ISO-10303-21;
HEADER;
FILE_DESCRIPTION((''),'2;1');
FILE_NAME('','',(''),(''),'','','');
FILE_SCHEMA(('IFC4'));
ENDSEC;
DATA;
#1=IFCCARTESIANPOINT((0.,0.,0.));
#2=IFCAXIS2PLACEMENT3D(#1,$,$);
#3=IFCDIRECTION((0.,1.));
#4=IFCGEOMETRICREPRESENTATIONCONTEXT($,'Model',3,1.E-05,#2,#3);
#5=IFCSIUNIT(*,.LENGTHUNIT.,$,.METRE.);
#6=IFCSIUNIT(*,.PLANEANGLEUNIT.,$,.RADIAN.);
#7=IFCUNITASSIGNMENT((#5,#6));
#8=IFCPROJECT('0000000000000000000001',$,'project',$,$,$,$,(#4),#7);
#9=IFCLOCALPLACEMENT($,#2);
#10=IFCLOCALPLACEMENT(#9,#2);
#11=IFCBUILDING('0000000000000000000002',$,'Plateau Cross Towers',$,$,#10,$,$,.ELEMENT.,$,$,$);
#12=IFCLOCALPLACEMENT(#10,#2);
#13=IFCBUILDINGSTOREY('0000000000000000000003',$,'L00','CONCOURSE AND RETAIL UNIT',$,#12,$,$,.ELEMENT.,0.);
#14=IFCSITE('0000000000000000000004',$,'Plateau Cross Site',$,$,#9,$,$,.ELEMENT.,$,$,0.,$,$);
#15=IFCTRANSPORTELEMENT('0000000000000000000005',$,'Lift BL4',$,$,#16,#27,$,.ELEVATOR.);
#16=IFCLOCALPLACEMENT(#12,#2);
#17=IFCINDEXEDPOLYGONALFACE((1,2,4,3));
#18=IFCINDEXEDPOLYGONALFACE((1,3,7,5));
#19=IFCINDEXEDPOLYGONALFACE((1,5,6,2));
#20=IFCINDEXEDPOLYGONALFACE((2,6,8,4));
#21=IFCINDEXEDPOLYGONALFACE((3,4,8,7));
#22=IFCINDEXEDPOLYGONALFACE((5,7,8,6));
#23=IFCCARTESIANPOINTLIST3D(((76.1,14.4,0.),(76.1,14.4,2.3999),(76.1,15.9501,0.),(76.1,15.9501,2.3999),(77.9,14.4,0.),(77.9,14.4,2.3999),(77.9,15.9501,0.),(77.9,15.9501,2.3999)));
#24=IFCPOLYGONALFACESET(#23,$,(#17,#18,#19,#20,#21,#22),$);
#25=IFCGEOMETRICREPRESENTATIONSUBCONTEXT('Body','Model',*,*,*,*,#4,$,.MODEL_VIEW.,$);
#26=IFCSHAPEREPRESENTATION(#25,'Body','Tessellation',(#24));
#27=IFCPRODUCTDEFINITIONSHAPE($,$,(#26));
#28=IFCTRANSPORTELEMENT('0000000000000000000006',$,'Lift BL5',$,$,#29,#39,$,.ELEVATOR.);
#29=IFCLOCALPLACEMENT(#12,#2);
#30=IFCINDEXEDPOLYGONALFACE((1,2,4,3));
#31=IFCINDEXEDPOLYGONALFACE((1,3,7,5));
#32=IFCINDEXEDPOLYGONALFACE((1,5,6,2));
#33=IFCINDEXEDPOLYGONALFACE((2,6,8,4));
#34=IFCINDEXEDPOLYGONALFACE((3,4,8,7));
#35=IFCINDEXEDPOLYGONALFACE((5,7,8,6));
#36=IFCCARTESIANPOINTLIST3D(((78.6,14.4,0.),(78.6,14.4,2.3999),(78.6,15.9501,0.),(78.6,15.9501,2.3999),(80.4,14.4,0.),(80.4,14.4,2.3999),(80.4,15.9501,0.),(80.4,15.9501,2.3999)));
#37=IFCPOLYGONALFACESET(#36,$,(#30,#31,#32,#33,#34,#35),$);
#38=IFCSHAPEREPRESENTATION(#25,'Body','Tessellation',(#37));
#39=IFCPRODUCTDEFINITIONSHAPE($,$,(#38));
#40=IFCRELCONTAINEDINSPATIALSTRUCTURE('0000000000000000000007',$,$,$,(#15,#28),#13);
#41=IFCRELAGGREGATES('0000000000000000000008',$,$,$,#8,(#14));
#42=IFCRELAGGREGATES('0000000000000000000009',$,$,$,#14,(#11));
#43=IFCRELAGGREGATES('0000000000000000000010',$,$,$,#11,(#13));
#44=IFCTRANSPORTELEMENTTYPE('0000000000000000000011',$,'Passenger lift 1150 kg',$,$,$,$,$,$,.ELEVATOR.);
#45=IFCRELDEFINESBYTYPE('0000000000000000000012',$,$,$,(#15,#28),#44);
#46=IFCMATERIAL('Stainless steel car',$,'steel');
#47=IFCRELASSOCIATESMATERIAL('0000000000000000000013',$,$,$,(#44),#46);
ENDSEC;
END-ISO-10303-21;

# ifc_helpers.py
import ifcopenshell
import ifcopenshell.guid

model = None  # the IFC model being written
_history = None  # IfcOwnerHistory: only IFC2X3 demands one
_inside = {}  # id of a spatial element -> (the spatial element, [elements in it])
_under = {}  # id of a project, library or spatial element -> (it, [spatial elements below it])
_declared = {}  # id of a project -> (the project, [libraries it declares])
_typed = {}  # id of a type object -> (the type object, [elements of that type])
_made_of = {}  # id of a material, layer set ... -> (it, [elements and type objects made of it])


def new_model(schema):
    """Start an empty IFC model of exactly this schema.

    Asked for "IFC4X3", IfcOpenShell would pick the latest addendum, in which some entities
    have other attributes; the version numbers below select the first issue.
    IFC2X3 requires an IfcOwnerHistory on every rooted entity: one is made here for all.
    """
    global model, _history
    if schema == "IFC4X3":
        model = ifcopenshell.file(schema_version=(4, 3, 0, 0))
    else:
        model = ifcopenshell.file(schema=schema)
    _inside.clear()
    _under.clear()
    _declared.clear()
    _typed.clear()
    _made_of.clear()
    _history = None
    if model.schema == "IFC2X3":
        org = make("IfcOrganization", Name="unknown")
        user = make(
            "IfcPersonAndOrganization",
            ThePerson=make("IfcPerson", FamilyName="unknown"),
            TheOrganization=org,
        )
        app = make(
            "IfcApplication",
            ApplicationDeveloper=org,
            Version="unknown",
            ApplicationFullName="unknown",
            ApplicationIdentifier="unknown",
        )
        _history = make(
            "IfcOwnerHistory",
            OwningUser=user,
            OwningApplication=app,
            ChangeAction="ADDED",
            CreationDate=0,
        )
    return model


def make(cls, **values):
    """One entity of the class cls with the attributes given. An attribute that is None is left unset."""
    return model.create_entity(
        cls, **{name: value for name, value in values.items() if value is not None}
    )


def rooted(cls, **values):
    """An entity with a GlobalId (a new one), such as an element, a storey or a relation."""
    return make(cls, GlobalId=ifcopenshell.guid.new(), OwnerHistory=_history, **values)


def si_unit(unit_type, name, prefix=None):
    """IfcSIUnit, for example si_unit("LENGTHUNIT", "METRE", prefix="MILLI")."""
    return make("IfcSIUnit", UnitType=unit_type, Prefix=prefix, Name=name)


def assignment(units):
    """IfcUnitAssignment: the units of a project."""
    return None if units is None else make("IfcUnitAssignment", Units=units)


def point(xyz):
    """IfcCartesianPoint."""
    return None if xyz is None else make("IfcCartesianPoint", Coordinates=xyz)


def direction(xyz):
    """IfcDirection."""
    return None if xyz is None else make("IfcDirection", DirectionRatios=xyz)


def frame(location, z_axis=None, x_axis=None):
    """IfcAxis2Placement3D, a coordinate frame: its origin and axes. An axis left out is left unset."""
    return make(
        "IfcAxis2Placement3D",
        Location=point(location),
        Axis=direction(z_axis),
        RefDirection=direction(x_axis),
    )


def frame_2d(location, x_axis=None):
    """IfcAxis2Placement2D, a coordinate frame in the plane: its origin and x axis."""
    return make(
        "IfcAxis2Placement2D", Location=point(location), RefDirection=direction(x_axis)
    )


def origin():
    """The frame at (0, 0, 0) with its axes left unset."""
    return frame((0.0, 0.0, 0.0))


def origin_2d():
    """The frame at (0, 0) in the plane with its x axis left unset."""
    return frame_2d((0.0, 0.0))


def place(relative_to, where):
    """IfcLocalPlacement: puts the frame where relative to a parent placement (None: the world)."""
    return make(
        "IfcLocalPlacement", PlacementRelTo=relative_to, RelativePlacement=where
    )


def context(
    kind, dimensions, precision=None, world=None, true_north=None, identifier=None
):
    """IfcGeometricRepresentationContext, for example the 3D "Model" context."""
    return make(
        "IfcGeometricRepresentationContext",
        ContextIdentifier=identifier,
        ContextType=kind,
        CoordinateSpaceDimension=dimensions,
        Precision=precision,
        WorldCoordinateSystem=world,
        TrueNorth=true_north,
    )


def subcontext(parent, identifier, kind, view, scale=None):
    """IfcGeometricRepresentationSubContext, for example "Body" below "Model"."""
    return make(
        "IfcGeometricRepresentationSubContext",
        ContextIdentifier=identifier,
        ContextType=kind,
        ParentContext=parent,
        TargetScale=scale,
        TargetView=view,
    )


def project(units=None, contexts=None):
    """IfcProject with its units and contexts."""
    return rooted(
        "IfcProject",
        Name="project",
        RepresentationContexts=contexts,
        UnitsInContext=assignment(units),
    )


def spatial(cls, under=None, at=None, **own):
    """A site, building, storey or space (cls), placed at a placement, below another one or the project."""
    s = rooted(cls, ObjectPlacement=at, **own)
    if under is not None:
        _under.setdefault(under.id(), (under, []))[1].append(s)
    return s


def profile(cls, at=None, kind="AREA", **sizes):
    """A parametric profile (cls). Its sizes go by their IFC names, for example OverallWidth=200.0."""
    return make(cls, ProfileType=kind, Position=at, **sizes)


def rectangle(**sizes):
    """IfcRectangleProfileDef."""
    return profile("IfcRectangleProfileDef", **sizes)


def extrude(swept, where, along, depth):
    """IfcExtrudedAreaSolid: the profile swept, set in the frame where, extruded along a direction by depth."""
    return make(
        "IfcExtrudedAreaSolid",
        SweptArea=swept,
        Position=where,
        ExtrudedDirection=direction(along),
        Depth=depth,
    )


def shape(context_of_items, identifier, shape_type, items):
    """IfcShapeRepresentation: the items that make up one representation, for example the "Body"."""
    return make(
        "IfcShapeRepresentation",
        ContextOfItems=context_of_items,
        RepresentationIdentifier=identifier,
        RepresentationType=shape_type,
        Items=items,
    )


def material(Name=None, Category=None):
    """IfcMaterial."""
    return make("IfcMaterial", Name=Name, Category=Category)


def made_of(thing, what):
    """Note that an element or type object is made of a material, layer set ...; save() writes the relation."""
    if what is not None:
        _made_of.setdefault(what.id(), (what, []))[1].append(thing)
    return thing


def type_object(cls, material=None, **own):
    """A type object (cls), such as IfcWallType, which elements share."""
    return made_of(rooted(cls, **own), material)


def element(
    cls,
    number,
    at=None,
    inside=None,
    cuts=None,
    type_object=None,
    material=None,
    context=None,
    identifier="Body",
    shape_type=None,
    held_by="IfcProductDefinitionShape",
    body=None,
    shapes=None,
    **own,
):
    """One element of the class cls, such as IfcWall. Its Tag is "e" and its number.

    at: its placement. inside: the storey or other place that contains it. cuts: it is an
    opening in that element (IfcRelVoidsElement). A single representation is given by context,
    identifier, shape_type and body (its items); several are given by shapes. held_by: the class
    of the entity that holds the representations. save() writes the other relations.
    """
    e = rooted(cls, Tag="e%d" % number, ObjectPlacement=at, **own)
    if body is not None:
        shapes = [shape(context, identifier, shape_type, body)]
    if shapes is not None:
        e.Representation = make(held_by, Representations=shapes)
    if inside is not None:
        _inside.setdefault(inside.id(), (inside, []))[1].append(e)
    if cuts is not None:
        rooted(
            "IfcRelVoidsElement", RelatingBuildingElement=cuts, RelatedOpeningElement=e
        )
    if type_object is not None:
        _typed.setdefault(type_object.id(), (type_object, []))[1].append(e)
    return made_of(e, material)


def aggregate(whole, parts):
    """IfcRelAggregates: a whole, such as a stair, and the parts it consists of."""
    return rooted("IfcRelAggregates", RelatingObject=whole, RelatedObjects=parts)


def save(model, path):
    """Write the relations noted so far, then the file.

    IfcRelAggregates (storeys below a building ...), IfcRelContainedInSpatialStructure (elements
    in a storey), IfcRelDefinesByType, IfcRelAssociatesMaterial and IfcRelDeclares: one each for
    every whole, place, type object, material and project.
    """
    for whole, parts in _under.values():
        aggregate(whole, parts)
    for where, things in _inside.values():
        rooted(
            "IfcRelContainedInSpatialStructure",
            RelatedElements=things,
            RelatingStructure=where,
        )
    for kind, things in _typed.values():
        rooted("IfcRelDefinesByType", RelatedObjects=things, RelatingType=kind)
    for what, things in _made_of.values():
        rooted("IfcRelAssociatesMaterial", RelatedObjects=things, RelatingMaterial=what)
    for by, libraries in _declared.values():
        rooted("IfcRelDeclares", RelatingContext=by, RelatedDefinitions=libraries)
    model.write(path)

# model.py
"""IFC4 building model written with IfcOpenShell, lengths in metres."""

from ifc_helpers import new_model, si_unit, direction, frame, origin, origin_2d, place, context, subcontext, project, spatial, rectangle, extrude, material, type_object, element, save


model = new_model("IFC4")

# Units and contexts
model_context = context("Model", 3, precision=1e-05, world=origin(), true_north=direction((0.0, 1.0)))
body_context = subcontext(model_context, "Body", "Model", "MODEL_VIEW")
ifc_project = project(units=[si_unit("LENGTHUNIT", "METRE"), si_unit("PLANEANGLEUNIT", "RADIAN")], contexts=[model_context])

# Site, building, storey
site_placement = place(None, origin())
site = spatial("IfcSite", under=ifc_project, at=site_placement, Name="Plateau Cross Site", CompositionType="ELEMENT", RefElevation=0.0)
building_placement = place(site_placement, origin())
building = spatial("IfcBuilding", under=site, at=building_placement, Name="Plateau Cross Towers", CompositionType="ELEMENT")
storey_placement = place(building_placement, origin())
storey = spatial("IfcBuildingStorey", under=building, at=storey_placement, Name="L00", Description="CONCOURSE AND RETAIL UNIT", CompositionType="ELEMENT", Elevation=0.0)

# Transport elements
ifc_material_1 = material(Name="Stainless steel car", Category="steel")
transport_element_type = type_object("IfcTransportElementType", Name="Passenger lift 1150 kg", PredefinedType="ELEVATOR", material=ifc_material_1)
for number, where, z_axis, x_axis, name in (
    (1, (77.0, 15.175, 0.0), (0.0, 0.0, 1.0), (1.0, 0.0, 0.0), "Lift BL4"),
    (2, (79.5, 15.175, 0.0), (0.0, 0.0, 1.0), (1.0, 0.0, 0.0), "Lift BL5"),
):
    element("IfcTransportElement", number, at=place(storey_placement, frame(where, z_axis=z_axis, x_axis=x_axis)), inside=storey, type_object=transport_element_type, Name=name, PredefinedType="ELEVATOR", context=body_context, shape_type="SweptSolid", body=[
        extrude(rectangle(XDim=1.8, YDim=1.55, at=origin_2d()), origin(), (0.0, 0.0, 1.0), 2.3999),
    ])

save(model, "model.ifc")
